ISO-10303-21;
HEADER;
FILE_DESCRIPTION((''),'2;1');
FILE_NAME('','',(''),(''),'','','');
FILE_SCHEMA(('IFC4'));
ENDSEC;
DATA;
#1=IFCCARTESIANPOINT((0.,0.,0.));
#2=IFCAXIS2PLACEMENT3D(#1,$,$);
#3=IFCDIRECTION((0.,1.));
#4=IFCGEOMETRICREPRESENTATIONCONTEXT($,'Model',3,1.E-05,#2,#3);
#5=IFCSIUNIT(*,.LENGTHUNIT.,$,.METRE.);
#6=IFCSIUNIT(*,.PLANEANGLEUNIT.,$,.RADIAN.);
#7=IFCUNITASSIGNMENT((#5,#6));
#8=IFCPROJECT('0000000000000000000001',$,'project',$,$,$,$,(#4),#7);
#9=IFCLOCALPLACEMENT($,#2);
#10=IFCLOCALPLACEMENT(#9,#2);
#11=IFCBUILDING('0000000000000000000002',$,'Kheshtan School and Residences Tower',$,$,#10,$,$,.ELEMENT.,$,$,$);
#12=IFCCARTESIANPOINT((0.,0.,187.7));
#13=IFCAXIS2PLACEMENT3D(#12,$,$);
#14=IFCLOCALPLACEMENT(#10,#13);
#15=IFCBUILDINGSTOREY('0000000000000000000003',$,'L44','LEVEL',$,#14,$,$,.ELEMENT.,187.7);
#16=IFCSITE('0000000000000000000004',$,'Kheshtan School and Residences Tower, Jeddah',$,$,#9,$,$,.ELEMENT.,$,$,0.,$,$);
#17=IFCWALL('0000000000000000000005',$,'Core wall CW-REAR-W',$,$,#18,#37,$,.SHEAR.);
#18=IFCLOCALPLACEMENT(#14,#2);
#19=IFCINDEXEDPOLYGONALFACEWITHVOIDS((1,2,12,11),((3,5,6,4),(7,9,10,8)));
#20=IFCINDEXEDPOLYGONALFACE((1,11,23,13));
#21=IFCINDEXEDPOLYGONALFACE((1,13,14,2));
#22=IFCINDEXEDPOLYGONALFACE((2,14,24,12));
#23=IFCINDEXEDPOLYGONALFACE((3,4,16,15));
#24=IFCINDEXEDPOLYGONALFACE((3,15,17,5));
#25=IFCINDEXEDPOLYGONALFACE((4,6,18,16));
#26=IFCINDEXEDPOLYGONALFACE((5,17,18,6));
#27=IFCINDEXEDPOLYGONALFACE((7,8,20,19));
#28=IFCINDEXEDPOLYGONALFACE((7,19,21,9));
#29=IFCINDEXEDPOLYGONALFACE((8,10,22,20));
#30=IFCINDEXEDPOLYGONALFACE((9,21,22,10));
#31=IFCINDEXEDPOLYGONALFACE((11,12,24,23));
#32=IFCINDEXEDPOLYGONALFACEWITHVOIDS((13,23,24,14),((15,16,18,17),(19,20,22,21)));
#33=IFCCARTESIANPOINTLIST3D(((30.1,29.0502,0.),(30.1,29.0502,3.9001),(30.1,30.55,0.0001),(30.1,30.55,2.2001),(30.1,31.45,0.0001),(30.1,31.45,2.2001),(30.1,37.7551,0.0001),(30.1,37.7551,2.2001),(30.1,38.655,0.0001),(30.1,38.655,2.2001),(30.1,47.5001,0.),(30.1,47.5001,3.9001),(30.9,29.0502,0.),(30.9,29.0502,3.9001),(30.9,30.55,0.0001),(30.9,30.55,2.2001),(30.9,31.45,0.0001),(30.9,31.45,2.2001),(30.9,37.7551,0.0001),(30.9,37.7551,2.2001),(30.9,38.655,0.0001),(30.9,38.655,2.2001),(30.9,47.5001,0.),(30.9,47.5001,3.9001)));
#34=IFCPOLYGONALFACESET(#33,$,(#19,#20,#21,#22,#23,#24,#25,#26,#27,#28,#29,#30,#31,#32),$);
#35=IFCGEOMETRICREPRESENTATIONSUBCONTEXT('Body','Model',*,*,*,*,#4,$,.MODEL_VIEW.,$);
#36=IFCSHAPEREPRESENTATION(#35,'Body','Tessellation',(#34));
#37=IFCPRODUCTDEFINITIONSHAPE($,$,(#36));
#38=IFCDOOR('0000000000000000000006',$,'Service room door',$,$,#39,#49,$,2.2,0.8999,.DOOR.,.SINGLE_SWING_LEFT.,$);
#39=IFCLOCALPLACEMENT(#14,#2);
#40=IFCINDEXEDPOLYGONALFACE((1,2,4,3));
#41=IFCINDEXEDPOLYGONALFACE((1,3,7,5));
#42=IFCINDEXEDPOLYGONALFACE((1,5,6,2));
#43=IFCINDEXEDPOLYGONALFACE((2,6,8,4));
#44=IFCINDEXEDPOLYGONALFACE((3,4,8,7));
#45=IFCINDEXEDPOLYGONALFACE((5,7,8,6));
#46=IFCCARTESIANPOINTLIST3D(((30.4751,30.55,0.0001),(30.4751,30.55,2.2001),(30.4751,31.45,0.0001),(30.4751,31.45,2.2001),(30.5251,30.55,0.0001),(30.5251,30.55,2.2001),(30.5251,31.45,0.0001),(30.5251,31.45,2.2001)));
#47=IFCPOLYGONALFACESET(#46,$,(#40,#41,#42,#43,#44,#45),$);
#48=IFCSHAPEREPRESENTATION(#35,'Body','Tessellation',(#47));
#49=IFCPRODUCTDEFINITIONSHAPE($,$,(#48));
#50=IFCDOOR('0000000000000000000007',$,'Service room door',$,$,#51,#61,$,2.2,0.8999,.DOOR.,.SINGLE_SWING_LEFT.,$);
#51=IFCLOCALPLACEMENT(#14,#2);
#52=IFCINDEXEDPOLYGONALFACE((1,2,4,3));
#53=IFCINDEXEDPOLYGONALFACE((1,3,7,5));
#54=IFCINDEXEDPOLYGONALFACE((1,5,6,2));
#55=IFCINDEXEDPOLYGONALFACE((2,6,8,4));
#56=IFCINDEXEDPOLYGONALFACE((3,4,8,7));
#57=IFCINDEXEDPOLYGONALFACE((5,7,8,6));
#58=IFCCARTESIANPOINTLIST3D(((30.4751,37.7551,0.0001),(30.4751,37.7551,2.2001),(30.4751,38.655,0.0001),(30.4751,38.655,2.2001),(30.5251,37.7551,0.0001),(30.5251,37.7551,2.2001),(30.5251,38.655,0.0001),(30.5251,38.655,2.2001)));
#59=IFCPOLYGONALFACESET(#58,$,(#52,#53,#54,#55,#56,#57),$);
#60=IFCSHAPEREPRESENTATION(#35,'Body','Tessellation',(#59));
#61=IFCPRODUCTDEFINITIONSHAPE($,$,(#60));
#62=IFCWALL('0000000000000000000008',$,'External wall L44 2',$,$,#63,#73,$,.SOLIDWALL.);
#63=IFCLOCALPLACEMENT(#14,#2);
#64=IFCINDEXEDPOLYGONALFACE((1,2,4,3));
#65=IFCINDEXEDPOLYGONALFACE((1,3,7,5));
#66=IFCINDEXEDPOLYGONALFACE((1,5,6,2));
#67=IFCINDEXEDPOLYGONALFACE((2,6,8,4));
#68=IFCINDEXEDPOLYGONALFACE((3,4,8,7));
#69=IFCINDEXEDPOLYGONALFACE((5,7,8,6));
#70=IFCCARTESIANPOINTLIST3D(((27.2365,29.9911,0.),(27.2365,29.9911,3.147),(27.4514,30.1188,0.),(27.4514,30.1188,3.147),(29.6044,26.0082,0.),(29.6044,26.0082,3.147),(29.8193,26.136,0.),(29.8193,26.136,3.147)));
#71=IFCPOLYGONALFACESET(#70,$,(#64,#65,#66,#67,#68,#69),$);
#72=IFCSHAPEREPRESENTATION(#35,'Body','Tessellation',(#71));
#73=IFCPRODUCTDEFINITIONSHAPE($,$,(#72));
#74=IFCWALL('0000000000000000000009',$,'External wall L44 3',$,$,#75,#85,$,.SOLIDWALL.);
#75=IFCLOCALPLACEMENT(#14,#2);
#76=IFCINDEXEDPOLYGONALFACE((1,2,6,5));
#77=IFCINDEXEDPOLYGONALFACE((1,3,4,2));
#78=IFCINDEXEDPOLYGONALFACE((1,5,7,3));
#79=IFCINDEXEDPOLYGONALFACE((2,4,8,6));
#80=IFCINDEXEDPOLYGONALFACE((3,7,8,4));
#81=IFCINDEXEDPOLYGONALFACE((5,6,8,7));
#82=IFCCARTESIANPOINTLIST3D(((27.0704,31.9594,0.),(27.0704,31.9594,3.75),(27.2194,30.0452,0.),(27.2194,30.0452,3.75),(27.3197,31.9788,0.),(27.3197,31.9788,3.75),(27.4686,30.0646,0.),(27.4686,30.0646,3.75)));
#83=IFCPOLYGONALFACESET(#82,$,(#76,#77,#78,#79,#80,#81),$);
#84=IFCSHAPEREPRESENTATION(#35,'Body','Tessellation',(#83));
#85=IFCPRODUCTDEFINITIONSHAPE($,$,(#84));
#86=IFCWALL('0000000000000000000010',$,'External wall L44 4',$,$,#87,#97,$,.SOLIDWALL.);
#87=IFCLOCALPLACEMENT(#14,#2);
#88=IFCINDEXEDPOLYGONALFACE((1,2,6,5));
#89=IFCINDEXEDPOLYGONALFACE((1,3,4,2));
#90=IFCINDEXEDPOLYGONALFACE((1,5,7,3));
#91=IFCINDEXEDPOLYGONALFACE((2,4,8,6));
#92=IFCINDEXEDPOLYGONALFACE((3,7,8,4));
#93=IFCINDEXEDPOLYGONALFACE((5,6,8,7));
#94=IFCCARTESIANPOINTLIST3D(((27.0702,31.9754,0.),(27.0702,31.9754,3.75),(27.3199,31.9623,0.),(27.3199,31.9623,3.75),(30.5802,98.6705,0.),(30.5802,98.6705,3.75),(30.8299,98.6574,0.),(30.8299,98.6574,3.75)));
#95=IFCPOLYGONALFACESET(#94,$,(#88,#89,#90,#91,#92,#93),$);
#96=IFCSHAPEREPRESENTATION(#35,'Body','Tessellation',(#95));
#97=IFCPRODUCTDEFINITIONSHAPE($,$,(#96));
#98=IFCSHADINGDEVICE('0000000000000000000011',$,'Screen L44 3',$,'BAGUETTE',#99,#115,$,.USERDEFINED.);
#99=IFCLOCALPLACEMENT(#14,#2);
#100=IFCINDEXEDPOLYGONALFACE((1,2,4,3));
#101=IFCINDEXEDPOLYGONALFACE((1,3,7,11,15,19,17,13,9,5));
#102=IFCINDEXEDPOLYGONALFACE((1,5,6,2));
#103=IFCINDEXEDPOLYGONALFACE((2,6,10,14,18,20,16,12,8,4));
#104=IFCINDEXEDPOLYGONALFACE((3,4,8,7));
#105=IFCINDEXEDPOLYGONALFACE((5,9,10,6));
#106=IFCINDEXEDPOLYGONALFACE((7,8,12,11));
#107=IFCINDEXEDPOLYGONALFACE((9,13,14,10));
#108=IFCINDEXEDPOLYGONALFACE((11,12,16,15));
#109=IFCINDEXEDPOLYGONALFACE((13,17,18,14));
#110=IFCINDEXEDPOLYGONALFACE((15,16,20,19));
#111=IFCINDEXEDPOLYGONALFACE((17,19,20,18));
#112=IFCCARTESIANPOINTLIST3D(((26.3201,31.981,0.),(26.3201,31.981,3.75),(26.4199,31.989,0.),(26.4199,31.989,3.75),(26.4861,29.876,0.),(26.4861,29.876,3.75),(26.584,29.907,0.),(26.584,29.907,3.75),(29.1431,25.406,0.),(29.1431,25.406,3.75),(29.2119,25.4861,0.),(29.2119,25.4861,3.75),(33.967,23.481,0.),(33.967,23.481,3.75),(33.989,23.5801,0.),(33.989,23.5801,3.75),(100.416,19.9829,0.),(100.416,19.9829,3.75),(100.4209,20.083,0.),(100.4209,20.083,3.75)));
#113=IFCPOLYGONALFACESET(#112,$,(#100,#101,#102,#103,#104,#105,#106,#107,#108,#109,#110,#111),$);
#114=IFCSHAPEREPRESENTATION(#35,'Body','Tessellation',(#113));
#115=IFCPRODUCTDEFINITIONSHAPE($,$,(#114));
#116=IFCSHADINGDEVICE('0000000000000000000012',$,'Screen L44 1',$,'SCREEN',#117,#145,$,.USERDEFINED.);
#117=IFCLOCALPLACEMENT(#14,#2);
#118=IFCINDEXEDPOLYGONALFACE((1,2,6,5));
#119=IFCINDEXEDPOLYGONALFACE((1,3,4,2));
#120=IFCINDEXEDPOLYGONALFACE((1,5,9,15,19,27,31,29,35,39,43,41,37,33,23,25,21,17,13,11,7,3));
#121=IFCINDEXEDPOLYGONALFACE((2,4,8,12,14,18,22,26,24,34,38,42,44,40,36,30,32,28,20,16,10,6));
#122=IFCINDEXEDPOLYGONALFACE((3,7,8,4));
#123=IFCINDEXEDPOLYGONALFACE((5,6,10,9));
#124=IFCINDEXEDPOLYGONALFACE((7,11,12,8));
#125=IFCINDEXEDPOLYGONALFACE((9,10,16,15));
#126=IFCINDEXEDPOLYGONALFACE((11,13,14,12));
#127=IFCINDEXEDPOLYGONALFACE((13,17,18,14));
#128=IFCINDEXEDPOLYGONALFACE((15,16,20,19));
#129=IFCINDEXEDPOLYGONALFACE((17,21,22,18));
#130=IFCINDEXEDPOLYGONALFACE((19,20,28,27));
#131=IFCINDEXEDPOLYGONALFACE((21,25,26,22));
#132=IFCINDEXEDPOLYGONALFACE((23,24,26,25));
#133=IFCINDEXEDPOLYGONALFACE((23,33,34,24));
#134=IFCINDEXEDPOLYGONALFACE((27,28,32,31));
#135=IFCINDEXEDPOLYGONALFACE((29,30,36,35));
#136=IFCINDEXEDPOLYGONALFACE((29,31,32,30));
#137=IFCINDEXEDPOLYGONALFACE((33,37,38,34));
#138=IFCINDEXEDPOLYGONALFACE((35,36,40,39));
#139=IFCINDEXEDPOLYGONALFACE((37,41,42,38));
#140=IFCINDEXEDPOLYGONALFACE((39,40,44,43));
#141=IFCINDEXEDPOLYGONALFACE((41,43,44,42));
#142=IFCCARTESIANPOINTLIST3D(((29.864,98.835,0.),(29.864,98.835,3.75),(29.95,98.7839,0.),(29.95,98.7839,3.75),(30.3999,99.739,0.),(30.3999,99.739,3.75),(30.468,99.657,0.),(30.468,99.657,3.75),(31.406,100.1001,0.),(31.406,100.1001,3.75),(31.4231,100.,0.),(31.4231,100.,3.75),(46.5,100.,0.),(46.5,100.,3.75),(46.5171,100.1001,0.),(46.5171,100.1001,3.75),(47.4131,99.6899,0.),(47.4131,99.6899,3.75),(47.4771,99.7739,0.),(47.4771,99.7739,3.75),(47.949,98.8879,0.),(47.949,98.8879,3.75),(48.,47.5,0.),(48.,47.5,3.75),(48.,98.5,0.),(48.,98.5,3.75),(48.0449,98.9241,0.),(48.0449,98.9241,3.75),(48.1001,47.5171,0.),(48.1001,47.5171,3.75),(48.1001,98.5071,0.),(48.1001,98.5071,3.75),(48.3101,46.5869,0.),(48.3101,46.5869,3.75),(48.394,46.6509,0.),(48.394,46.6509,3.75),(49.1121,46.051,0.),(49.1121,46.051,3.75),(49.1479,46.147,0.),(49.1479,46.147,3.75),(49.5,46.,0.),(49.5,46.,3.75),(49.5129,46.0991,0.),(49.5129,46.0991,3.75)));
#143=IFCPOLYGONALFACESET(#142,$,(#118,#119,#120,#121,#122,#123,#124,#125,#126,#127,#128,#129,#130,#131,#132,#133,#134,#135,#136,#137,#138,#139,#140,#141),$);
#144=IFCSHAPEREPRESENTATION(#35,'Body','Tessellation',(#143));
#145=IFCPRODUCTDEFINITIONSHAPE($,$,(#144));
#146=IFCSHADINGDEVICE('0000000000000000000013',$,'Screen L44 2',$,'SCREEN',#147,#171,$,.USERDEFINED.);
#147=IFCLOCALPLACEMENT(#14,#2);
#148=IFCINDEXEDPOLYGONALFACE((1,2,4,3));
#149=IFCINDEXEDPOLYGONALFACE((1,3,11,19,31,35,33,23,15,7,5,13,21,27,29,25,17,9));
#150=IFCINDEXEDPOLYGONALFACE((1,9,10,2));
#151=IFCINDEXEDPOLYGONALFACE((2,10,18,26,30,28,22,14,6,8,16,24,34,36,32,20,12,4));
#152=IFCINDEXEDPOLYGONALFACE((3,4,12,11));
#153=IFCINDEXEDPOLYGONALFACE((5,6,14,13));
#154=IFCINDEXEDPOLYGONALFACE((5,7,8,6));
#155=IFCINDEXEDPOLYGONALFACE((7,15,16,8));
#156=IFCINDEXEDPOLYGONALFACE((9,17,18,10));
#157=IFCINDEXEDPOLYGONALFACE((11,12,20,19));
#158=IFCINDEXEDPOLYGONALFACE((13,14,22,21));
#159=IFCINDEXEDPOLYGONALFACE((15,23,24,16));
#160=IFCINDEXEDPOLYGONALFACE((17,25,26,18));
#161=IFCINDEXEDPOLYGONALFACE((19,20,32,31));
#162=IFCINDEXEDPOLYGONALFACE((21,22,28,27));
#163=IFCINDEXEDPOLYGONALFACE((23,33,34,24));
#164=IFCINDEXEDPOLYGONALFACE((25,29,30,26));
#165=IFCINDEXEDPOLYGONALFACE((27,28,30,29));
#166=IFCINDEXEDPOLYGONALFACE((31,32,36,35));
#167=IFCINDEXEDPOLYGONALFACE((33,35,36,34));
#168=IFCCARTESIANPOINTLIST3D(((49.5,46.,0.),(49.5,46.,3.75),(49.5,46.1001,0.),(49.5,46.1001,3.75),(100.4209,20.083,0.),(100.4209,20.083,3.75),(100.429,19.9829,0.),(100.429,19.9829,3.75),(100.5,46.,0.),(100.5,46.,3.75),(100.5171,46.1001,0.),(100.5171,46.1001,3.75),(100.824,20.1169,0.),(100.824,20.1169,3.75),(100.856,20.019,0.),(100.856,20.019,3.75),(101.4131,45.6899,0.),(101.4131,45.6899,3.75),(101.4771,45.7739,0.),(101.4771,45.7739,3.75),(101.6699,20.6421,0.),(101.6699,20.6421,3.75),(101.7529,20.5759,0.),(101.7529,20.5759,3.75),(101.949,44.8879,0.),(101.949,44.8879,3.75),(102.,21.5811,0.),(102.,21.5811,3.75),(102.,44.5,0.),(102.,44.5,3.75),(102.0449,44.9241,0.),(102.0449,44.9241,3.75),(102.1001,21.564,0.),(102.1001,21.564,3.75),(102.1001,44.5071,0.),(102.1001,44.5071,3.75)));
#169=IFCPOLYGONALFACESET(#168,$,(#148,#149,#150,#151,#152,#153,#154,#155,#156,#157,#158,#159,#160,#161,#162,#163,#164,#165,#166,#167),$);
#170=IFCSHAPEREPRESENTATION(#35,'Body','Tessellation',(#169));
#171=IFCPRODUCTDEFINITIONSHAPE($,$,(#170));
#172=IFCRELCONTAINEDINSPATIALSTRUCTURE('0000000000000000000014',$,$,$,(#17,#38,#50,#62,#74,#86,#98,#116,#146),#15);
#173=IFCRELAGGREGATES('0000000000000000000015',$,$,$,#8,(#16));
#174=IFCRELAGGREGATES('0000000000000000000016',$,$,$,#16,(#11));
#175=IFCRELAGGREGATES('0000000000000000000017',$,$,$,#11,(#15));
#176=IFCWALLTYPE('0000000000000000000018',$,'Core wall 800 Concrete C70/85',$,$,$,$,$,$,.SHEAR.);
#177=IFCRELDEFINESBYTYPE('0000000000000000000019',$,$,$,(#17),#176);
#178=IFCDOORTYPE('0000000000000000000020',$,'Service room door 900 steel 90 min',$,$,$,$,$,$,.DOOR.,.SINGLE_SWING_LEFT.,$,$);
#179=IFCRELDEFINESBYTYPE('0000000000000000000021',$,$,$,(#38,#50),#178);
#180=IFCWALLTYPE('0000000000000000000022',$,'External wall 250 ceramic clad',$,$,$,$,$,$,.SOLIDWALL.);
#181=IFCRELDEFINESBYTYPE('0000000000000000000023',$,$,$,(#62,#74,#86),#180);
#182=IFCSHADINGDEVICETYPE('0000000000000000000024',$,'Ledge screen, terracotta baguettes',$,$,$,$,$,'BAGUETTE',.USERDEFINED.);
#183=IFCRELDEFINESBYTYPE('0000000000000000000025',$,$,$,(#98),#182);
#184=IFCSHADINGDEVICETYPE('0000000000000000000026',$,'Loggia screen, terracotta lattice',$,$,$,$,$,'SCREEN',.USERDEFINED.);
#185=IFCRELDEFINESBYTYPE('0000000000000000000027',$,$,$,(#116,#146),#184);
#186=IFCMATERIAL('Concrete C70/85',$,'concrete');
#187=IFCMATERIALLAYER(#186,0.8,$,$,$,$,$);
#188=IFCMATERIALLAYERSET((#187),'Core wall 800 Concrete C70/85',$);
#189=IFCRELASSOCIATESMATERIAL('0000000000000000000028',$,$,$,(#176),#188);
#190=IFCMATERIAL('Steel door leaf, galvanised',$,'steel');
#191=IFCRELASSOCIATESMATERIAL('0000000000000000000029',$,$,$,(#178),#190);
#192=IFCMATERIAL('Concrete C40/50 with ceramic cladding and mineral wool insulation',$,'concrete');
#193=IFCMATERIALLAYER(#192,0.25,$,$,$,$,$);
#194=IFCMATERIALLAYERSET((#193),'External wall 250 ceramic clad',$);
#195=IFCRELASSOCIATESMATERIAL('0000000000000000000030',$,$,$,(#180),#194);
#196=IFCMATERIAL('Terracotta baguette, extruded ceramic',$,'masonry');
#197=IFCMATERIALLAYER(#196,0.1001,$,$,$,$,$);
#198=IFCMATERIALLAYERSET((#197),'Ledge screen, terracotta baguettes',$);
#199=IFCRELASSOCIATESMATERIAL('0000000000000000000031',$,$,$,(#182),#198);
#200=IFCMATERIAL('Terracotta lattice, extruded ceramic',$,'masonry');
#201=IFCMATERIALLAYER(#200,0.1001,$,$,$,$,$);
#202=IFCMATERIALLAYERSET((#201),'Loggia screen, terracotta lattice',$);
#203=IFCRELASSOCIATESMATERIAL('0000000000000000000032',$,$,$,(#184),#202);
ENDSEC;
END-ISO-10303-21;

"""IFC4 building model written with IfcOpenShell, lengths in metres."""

from ifc_helpers import new_model, si_unit, direction, frame, frame_2d, origin, place, context, subcontext, project, spatial, polyline, rectangle, outline, extrude, source, transform, mapped, material, layer, layer_set, type_object, element, fill, save


model = new_model("IFC4")

# Units and contexts
model_context = context("Model", 3, precision=1e-05, world=origin(), true_north=direction((0.0, 1.0)))
body_context = subcontext(model_context, "Body", "Model", "MODEL_VIEW")
ifc_project = project(units=[si_unit("LENGTHUNIT", "METRE"), si_unit("PLANEANGLEUNIT", "RADIAN")], contexts=[model_context])

# Site, building, storey
site_placement = place(None, origin())
site = spatial("IfcSite", under=ifc_project, at=site_placement, Name="Kheshtan School and Residences Tower, Jeddah", CompositionType="ELEMENT", RefElevation=0.0)
building_placement = place(site_placement, origin())
building = spatial("IfcBuilding", under=site, at=building_placement, Name="Kheshtan School and Residences Tower", CompositionType="ELEMENT")
storey_placement = place(building_placement, frame((0.0, 0.0, 187.7)))
storey = spatial("IfcBuildingStorey", under=building, at=storey_placement, Name="L44", Description="LEVEL", CompositionType="ELEMENT", Elevation=187.7)

# Wall, openings, doors
ifc_material_1 = material(Name="Concrete C70/85", Category="concrete")
ifc_layer_1 = layer(ifc_material_1, 0.8)
ifc_layer_set_1 = layer_set([ifc_layer_1], Name="Core wall 800 Concrete C70/85")
wall_type_1 = type_object("IfcWallType", Name="Core wall 800 Concrete C70/85", PredefinedType="SHEAR", material=ifc_layer_set_1)
wall_1_placement = place(storey_placement, frame((30.5, 29.05, 0.0), z_axis=(0.0, 0.0, 1.0), x_axis=(0.0, 1.0, 0.0)))
wall_1 = element("IfcWall", 1, at=wall_1_placement, inside=storey, type_object=wall_type_1, Name="Core wall CW-REAR-W", PredefinedType="SHEAR", context=body_context, shape_type="SweptSolid", body=[
    extrude(rectangle(XDim=18.45, YDim=0.8, at=frame_2d((9.2251, 0.0))), origin(), (0.0, 0.0, 1.0), 3.9001),
])
opening_1_placement = place(wall_1_placement, frame((1.5, 0.0, 0.0)))
opening_1 = element("IfcOpeningElement", 2, at=opening_1_placement, cuts=wall_1, PredefinedType="OPENING", context=body_context, shape_type="SweptSolid", body=[
    extrude(rectangle(XDim=0.8999, YDim=2.2, at=frame_2d((0.45, 1.1001))), frame((0.0, 0.4102, 0.0), z_axis=(0.0, -1.0, 0.0), x_axis=(1.0, 0.0, 0.0)), (0.0, 0.0, 1.0), 0.8201),
])
opening_2_placement = place(wall_1_placement, frame((8.7051, 0.0, 0.0)))
opening_2 = element("IfcOpeningElement", 3, at=opening_2_placement, cuts=wall_1, PredefinedType="OPENING", context=body_context, shape_type="SweptSolid", body=[
    extrude(rectangle(XDim=0.8999, YDim=2.2, at=frame_2d((0.45, 1.1001))), frame((0.0, 0.4102, 0.0), z_axis=(0.0, -1.0, 0.0), x_axis=(1.0, 0.0, 0.0)), (0.0, 0.0, 1.0), 0.8201),
])
ifc_material_2 = material(Name="Steel door leaf, galvanised", Category="steel")
door_type = type_object("IfcDoorType", Name="Service room door 900 steel 90 min", OperationType="SINGLE_SWING_LEFT", PredefinedType="DOOR", material=ifc_material_2)
shared_shape = source(origin(), body_context, "Body", "SweptSolid", [
    extrude(rectangle(XDim=0.8999, YDim=2.2, at=frame_2d((0.45, 1.1001))), frame((0.0, 0.0249, 0.0), z_axis=(0.0, -1.0, 0.0), x_axis=(1.0, 0.0, 0.0)), (0.0, 0.0, 1.0), 0.05),
])
door_1_placement = place(opening_1_placement, origin())
door_1 = element("IfcDoor", 4, at=door_1_placement, inside=storey, type_object=door_type, Name="Service room door", OperationType="SINGLE_SWING_LEFT", OverallHeight=2.2, OverallWidth=0.8999, PredefinedType="DOOR", context=body_context, shape_type="MappedRepresentation", body=[
    mapped(shared_shape, transform((0.0, 0.0, 0.0), x_axis=(1.0, 0.0, 0.0), y_axis=(0.0, 1.0, 0.0), z_axis=(0.0, 0.0, 1.0), scale=1.0)),
])
fill(opening_1, door_1)
door_2_placement = place(opening_2_placement, origin())
door_2 = element("IfcDoor", 5, at=door_2_placement, inside=storey, type_object=door_type, Name="Service room door", OperationType="SINGLE_SWING_LEFT", OverallHeight=2.2, OverallWidth=0.8999, PredefinedType="DOOR", context=body_context, shape_type="MappedRepresentation", body=[
    mapped(shared_shape, transform((0.0, 0.0, 0.0), x_axis=(1.0, 0.0, 0.0), y_axis=(0.0, 1.0, 0.0), z_axis=(0.0, 0.0, 1.0), scale=1.0)),
])
fill(opening_2, door_2)

# Walls
ifc_material_3 = material(Name="Concrete C40/50 with ceramic cladding and mineral wool insulation", Category="concrete")
ifc_layer_2 = layer(ifc_material_3, 0.25)
ifc_layer_set_2 = layer_set([ifc_layer_2], Name="External wall 250 ceramic clad")
wall_type_2 = type_object("IfcWallType", Name="External wall 250 ceramic clad", PredefinedType="SOLIDWALL", material=ifc_layer_set_2)
wall_2_placement = place(storey_placement, frame((29.7119, 26.072, 0.0), z_axis=(0.0, 0.0, 1.0), x_axis=(-0.511028, 0.859564, 0.0)))
element("IfcWall", 6, at=wall_2_placement, inside=storey, type_object=wall_type_2, Name="External wall L44 2", PredefinedType="SOLIDWALL", context=body_context, shape_type="SweptSolid", body=[
    extrude(rectangle(XDim=4.6335, YDim=0.25, at=frame_2d((2.3169, 0.0))), origin(), (0.0, 0.0, 1.0), 3.147),
])
wall_3_placement = place(storey_placement, frame((27.344, 30.0549, 0.0), z_axis=(0.0, 0.0, 1.0), x_axis=(-0.077572, 0.996987, 0.0)))
element("IfcWall", 7, at=wall_3_placement, inside=storey, type_object=wall_type_2, Name="External wall L44 3", PredefinedType="SOLIDWALL", context=body_context, shape_type="SweptSolid", body=[
    extrude(rectangle(XDim=1.9199, YDim=0.25, at=frame_2d((0.96, 0.0))), origin(), (0.0, 0.0, 1.0), 3.75),
])
wall_4_placement = place(storey_placement, frame((27.1951, 31.969, 0.0), z_axis=(0.0, 0.0, 1.0), x_axis=(0.052555, 0.998618, 0.0)))
element("IfcWall", 8, at=wall_4_placement, inside=storey, type_object=wall_type_2, Name="External wall L44 4", PredefinedType="SOLIDWALL", context=body_context, shape_type="SweptSolid", body=[
    extrude(rectangle(XDim=66.7874, YDim=0.25, at=frame_2d((33.3936, 0.0))), origin(), (0.0, 0.0, 1.0), 3.75),
])

# Shading devices
ifc_material_4 = material(Name="Terracotta baguette, extruded ceramic", Category="masonry")
ifc_layer_3 = layer(ifc_material_4, 0.1001)
ifc_layer_set_3 = layer_set([ifc_layer_3], Name="Ledge screen, terracotta baguettes")
shading_device_type_1 = type_object("IfcShadingDeviceType", Name="Ledge screen, terracotta baguettes", ElementType="BAGUETTE", PredefinedType="USERDEFINED", material=ifc_layer_set_3)
shading_device_1_placement = place(storey_placement, origin())
element("IfcShadingDevice", 9, at=shading_device_1_placement, inside=storey, type_object=shading_device_type_1, Name="Screen L44 3", ObjectType="BAGUETTE", PredefinedType="USERDEFINED", context=body_context, shape_type="SweptSolid", body=[
    extrude(outline(polyline([(100.4209, 20.083), (33.989, 23.5801), (29.2119, 25.4861), (26.584, 29.907), (26.4199, 31.989), (26.3201, 31.981), (26.4861, 29.876), (29.1431, 25.406), (33.967, 23.481), (100.416, 19.9829), (100.4209, 20.083)])), origin(), (0.0, 0.0, 1.0), 3.75),
])
ifc_material_5 = material(Name="Terracotta lattice, extruded ceramic", Category="masonry")
ifc_layer_4 = layer(ifc_material_5, 0.1001)
ifc_layer_set_4 = layer_set([ifc_layer_4], Name="Loggia screen, terracotta lattice")
shading_device_type_2 = type_object("IfcShadingDeviceType", Name="Loggia screen, terracotta lattice", ElementType="SCREEN", PredefinedType="USERDEFINED", material=ifc_layer_set_4)
shading_device_2_placement = place(storey_placement, origin())
element("IfcShadingDevice", 10, at=shading_device_2_placement, inside=storey, type_object=shading_device_type_2, Name="Screen L44 1", ObjectType="SCREEN", PredefinedType="USERDEFINED", context=body_context, shape_type="SweptSolid", body=[
    extrude(outline(polyline([(29.95, 98.7839), (30.468, 99.657), (31.4231, 100.0), (46.5, 100.0), (47.4131, 99.6899), (47.949, 98.8879), (48.0, 98.5), (48.0, 47.5), (48.3101, 46.5869), (49.1121, 46.051), (49.5, 46.0), (49.5129, 46.0991), (49.1479, 46.147), (48.394, 46.6509), (48.1001, 47.5171), (48.1001, 98.5071), (48.0449, 98.9241), (47.4771, 99.7739), (46.5171, 100.1001), (31.406, 100.1001), (30.3999, 99.739), (29.864, 98.835), (29.95, 98.7839)])), origin(), (0.0, 0.0, 1.0), 3.75),
])
shading_device_3_placement = place(storey_placement, origin())
element("IfcShadingDevice", 11, at=shading_device_3_placement, inside=storey, type_object=shading_device_type_2, Name="Screen L44 2", ObjectType="SCREEN", PredefinedType="USERDEFINED", context=body_context, shape_type="SweptSolid", body=[
    extrude(outline(polyline([(49.5, 46.0), (100.5, 46.0), (101.4131, 45.6899), (101.949, 44.8879), (102.0, 44.5), (102.0, 21.5811), (101.6699, 20.6421), (100.824, 20.1169), (100.4209, 20.083), (100.429, 19.9829), (100.856, 20.019), (101.7529, 20.5759), (102.1001, 21.564), (102.1001, 44.5071), (102.0449, 44.9241), (101.4771, 45.7739), (100.5171, 46.1001), (49.5, 46.1001), (49.5, 46.0)])), origin(), (0.0, 0.0, 1.0), 3.75),
])

save(model, "model.ifc")
